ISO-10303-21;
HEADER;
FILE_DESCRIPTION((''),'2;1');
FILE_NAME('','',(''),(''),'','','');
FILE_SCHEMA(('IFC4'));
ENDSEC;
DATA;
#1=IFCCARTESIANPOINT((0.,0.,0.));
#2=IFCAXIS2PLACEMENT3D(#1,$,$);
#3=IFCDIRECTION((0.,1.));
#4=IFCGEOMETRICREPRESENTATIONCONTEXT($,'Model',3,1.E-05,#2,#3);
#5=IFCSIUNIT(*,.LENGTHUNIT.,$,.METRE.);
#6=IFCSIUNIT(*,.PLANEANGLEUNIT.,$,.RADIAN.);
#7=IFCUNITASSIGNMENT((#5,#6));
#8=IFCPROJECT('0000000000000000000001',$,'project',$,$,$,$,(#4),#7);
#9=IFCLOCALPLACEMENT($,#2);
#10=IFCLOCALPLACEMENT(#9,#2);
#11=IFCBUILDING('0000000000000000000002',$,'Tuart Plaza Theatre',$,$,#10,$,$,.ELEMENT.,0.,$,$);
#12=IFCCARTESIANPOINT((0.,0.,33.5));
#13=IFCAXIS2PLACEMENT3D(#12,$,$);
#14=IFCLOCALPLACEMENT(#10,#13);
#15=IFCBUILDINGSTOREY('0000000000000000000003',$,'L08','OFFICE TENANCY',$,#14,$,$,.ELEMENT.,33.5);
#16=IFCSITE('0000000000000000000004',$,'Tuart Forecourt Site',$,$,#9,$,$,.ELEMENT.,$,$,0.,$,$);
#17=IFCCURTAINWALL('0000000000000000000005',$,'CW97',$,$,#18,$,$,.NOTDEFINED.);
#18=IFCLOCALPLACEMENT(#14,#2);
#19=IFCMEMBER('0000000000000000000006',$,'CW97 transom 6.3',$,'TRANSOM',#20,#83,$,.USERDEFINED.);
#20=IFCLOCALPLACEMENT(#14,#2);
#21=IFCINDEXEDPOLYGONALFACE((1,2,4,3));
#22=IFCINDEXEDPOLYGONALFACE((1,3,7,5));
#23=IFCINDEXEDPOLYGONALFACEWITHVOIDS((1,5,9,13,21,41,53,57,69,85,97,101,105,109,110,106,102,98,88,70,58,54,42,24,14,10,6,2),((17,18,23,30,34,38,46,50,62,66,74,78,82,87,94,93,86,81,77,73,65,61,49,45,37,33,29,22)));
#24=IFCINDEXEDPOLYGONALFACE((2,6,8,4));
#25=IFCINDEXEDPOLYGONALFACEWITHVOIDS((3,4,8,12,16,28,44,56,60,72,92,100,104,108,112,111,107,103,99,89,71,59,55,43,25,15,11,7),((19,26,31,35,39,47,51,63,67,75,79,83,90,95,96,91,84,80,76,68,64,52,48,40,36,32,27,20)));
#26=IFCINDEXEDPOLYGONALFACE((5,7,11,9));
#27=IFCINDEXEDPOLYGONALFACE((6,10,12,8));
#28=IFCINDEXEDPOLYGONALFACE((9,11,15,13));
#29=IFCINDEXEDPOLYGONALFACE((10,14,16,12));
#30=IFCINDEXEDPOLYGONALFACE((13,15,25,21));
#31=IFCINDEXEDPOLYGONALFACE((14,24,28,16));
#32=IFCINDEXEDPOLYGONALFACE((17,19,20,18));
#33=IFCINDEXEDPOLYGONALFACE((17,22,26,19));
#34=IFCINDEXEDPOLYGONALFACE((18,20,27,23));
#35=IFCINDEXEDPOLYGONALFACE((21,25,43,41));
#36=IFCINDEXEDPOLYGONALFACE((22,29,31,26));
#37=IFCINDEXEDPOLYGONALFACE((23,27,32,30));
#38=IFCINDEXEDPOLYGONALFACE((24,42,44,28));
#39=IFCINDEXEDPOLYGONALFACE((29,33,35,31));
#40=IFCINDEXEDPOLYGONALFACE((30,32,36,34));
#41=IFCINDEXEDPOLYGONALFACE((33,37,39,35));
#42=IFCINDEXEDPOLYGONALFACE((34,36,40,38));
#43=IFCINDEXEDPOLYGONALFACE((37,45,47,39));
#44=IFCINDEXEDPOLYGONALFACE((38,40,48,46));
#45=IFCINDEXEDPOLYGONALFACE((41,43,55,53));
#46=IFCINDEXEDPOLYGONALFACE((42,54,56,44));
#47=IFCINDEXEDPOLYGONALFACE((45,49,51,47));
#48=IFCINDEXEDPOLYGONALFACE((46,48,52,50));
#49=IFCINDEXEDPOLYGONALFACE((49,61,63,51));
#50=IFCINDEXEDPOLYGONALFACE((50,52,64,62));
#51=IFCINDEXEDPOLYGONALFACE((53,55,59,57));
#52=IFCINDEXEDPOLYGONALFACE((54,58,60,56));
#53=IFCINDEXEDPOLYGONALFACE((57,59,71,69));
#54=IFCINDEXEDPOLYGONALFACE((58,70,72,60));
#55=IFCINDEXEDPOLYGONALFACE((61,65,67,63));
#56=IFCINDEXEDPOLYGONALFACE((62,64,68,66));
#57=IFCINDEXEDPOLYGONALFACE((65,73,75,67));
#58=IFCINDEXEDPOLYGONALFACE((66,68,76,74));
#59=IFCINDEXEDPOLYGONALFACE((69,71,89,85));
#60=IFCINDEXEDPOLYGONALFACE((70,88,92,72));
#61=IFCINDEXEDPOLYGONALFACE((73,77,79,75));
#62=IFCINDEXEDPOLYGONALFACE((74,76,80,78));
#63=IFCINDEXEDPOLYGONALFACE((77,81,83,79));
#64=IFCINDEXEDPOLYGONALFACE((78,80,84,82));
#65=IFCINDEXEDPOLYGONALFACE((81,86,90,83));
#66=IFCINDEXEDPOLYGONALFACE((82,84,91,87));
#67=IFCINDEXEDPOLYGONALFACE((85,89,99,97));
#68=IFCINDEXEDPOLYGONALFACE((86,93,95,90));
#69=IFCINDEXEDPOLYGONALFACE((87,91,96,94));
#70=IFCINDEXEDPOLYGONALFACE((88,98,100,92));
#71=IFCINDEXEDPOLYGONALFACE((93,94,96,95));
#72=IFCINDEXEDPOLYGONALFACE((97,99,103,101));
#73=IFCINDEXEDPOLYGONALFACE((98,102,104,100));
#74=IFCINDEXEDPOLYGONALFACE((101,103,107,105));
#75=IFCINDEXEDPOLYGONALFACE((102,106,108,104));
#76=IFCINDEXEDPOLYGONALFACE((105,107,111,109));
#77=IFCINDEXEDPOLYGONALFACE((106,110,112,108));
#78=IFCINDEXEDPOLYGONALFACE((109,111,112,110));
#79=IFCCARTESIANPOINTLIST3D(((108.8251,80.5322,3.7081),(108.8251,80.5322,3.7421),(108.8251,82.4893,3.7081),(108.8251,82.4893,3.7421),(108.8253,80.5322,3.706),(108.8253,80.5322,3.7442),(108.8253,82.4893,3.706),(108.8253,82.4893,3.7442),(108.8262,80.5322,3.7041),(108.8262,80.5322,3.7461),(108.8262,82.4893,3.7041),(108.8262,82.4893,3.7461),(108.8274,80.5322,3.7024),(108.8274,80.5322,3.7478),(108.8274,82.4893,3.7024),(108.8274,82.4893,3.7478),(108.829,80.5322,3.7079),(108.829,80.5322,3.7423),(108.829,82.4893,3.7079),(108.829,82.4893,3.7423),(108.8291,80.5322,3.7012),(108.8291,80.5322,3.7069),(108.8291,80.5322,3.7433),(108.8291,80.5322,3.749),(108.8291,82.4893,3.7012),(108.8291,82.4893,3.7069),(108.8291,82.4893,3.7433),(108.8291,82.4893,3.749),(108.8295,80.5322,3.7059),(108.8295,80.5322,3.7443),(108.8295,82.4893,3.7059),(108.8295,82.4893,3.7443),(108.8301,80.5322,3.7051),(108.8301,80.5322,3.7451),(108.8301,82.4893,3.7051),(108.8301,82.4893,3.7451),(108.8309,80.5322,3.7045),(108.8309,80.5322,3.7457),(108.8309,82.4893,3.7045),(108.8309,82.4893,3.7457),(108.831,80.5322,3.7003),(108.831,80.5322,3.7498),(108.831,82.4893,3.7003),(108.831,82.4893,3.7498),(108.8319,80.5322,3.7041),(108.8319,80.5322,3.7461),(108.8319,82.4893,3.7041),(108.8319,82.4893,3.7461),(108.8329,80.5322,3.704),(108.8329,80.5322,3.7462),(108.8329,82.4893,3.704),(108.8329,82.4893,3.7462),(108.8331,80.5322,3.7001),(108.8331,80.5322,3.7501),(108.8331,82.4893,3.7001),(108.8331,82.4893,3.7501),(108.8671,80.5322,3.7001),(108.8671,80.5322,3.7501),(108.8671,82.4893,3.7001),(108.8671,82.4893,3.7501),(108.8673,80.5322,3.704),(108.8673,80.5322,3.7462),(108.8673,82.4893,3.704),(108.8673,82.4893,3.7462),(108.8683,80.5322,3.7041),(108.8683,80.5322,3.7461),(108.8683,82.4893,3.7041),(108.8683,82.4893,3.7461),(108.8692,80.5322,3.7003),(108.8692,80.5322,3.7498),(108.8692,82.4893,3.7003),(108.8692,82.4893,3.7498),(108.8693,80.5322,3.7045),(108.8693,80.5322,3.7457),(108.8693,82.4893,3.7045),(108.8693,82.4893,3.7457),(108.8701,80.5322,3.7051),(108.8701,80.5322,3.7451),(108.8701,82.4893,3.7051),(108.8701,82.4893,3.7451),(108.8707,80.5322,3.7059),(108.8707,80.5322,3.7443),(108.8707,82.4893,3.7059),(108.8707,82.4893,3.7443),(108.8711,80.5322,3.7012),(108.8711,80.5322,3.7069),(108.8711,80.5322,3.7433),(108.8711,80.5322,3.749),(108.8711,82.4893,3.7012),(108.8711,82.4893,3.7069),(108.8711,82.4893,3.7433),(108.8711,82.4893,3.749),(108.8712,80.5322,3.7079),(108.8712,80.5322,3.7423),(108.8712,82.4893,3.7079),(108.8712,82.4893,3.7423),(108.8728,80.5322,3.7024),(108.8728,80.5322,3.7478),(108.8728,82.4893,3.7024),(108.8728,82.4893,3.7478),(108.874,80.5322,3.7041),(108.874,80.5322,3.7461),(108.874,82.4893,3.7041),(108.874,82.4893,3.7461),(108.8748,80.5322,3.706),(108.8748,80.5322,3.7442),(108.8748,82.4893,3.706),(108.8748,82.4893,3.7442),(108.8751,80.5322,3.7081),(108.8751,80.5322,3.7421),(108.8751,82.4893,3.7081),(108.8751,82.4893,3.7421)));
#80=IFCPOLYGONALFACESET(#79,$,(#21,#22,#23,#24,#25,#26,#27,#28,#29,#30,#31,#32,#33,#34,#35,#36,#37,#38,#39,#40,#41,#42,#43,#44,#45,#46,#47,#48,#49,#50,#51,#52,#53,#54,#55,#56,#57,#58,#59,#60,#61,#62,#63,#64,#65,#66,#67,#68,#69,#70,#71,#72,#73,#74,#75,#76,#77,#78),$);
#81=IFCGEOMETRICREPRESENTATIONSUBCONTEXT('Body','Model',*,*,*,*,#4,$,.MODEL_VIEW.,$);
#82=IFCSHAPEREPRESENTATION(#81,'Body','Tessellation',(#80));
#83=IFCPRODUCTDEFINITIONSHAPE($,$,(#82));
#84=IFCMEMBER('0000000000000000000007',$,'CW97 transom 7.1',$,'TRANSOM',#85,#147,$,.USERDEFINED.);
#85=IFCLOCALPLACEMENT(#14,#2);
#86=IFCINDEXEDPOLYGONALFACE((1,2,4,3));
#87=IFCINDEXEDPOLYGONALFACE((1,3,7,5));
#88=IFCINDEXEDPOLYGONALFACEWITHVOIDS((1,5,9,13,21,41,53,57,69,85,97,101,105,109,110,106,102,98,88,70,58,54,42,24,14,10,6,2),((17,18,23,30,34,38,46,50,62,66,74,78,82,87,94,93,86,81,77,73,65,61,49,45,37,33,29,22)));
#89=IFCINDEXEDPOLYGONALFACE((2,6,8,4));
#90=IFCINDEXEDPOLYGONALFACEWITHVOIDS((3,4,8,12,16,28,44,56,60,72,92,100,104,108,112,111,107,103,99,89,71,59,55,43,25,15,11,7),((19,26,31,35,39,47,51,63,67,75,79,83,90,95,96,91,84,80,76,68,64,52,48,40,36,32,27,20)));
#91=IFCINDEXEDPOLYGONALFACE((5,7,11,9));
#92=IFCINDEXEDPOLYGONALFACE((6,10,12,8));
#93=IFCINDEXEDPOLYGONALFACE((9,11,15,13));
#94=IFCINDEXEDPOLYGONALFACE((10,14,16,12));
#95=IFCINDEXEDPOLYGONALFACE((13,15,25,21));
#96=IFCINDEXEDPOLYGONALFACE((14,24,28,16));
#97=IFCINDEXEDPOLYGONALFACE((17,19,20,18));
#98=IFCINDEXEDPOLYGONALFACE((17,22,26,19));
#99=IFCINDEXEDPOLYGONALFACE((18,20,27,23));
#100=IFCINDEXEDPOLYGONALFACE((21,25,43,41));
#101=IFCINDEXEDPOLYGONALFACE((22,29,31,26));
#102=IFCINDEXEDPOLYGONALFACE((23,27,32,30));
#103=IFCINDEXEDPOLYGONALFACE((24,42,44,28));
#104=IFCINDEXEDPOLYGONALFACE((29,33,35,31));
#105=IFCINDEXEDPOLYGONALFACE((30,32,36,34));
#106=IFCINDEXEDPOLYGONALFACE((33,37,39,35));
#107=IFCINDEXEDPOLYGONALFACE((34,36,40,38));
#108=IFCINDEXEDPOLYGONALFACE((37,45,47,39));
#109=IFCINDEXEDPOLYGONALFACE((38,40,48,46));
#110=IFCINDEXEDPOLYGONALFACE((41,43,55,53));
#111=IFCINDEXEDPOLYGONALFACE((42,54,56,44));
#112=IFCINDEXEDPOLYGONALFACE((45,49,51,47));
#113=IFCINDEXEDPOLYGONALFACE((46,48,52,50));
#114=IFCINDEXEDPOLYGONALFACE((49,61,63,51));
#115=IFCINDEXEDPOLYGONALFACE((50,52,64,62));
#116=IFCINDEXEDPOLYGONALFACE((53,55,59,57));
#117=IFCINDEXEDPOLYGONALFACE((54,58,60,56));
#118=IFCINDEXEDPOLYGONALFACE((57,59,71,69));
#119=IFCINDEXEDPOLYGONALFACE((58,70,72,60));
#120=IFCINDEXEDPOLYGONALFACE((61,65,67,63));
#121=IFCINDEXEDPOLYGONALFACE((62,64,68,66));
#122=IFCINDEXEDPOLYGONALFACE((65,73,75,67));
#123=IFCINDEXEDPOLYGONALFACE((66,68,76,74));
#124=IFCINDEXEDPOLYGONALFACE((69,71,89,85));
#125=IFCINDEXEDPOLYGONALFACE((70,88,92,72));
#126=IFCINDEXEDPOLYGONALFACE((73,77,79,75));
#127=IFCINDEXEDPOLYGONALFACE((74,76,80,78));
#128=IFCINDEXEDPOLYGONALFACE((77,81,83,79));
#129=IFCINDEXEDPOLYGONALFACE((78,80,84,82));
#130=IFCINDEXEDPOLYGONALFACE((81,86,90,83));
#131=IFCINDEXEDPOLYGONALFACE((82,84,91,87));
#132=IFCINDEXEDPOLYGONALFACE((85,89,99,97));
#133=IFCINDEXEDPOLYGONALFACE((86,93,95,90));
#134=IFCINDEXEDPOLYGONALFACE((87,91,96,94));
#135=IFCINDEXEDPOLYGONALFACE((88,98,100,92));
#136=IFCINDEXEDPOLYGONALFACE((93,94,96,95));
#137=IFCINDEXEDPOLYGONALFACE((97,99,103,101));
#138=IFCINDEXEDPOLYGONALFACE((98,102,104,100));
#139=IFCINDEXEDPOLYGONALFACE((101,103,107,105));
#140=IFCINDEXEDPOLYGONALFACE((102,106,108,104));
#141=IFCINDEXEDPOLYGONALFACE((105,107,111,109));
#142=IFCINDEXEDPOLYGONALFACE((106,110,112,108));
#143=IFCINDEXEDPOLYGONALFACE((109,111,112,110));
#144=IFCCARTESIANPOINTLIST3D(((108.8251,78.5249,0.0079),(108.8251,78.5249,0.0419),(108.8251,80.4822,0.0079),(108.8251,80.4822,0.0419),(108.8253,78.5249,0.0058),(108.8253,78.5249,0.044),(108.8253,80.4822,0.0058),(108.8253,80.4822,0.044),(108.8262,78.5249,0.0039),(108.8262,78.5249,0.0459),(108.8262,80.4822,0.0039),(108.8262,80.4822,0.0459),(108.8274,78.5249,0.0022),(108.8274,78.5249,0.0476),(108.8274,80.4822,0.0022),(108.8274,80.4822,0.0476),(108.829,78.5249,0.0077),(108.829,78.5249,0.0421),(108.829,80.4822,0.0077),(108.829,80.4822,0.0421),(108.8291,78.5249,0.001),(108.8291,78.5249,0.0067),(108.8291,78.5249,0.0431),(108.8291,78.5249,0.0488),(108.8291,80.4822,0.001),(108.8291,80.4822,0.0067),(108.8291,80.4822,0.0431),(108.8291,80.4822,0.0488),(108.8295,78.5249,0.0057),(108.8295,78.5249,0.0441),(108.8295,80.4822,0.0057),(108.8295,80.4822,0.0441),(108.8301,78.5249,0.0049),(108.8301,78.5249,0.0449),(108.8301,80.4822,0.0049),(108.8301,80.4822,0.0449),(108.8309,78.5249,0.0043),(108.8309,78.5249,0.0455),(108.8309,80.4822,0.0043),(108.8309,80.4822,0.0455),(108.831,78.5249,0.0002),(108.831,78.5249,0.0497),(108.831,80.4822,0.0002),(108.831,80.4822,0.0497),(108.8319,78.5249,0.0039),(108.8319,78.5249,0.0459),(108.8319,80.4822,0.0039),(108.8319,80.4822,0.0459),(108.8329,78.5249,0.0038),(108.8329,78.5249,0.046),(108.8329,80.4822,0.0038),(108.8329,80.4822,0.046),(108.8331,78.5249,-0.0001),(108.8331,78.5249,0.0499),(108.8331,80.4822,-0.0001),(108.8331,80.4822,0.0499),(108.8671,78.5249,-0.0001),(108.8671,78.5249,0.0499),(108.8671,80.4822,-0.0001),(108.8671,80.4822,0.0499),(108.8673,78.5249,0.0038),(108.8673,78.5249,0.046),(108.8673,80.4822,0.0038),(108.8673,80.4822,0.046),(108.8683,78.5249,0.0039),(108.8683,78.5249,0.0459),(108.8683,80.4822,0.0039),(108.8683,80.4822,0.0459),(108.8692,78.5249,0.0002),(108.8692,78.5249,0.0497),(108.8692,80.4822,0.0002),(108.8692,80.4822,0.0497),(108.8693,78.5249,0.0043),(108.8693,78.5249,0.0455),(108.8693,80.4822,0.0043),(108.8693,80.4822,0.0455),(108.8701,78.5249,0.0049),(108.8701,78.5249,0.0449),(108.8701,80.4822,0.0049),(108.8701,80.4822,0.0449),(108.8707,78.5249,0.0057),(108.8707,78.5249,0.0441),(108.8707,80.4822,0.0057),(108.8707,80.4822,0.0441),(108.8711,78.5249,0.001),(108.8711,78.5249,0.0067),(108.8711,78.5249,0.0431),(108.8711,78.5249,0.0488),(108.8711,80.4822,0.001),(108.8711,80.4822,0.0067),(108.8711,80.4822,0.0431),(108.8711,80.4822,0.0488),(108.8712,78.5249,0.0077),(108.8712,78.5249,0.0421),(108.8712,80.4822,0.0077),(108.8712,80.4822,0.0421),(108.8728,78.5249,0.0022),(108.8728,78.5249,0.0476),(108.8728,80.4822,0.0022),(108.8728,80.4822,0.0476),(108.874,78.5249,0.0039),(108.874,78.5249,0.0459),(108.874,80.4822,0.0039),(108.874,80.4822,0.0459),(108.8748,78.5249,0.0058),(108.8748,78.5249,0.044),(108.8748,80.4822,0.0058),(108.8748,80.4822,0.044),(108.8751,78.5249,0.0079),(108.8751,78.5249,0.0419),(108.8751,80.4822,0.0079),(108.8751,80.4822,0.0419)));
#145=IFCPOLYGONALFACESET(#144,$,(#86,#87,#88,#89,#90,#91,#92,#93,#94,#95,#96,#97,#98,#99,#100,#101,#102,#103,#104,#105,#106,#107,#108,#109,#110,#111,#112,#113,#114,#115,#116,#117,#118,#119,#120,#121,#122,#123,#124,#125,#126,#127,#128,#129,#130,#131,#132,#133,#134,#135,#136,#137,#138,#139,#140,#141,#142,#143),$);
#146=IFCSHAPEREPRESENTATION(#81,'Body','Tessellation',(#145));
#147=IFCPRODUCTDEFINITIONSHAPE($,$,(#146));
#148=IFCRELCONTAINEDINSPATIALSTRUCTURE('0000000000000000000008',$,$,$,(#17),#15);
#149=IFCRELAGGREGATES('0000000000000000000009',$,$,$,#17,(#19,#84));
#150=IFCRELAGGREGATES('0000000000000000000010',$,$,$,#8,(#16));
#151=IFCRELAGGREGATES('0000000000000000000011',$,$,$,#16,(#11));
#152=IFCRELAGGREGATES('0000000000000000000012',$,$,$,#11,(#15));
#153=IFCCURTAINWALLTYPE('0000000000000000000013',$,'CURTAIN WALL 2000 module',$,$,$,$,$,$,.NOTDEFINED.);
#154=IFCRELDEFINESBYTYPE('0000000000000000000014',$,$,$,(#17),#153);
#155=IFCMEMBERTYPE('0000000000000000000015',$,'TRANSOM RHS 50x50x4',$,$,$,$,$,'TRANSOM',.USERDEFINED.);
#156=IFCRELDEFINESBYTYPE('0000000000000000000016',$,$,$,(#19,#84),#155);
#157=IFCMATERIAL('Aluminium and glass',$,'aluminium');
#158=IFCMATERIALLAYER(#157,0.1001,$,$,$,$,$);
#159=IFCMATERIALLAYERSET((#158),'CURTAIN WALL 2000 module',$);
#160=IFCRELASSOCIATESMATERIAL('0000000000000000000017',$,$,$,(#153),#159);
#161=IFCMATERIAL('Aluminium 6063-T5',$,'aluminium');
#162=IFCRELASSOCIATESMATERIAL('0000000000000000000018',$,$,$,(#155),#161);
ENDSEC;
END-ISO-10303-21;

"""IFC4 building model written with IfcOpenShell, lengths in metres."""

from ifc_helpers import new_model, si_unit, direction, frame, origin, origin_2d, place, context, subcontext, project, spatial, hollow_rectangle, extrude, material, layer, layer_set, material_profile, profile_set, type_object, element, aggregate, save


model = new_model("IFC4")

# Units and contexts
model_context = context("Model", 3, precision=1e-05, world=origin(), true_north=direction((0.0, 1.0)))
body_context = subcontext(model_context, "Body", "Model", "MODEL_VIEW")
ifc_project = project(units=[si_unit("LENGTHUNIT", "METRE"), si_unit("PLANEANGLEUNIT", "RADIAN")], contexts=[model_context])

# Site, building, storey
site_placement = place(None, origin())
site = spatial("IfcSite", under=ifc_project, at=site_placement, Name="Tuart Forecourt Site", CompositionType="ELEMENT", RefElevation=0.0)
building_placement = place(site_placement, origin())
building = spatial("IfcBuilding", under=site, at=building_placement, Name="Tuart Plaza Theatre", CompositionType="ELEMENT", ElevationOfRefHeight=0.0)
storey_placement = place(building_placement, frame((0.0, 0.0, 33.5)))
storey = spatial("IfcBuildingStorey", under=building, at=storey_placement, Name="L08", Description="OFFICE TENANCY", CompositionType="ELEMENT", Elevation=33.5)

# Curtain wall, members
ifc_material_1 = material(Name="Aluminium and glass", Category="aluminium")
ifc_layer_1 = layer(ifc_material_1, 0.1001)
ifc_layer_set_1 = layer_set([ifc_layer_1], Name="CURTAIN WALL 2000 module")
curtain_wall_type = type_object("IfcCurtainWallType", Name="CURTAIN WALL 2000 module", PredefinedType="NOTDEFINED", material=ifc_layer_set_1)
curtain_wall_placement = place(storey_placement, origin())
curtain_wall = element("IfcCurtainWall", 1, at=curtain_wall_placement, inside=storey, type_object=curtain_wall_type, Name="CW97", PredefinedType="NOTDEFINED")
ifc_material_2 = material(Name="Aluminium 6063-T5", Category="aluminium")
ifc_material_profile_1 = material_profile(ifc_material_2, hollow_rectangle(XDim=0.05, YDim=0.05, WallThickness=0.0039, InnerFilletRadius=0.0039, OuterFilletRadius=0.0081, at=origin_2d()), Name="RHS 50x50x4")
ifc_profile_set_1 = profile_set([ifc_material_profile_1], Name="Aluminium 6063-T5")
member_type = type_object("IfcMemberType", Name="TRANSOM RHS 50x50x4", ElementType="TRANSOM", PredefinedType="USERDEFINED", material=ifc_profile_set_1)
member_1_placement = place(storey_placement, frame((108.8501, 82.4893, 3.7251), z_axis=(0.0, -1.0, 0.0), x_axis=(1.0, 0.0, 0.0)))
member_1 = element("IfcMember", 2, at=member_1_placement, type_object=member_type, Name="CW97 transom 6.3", ObjectType="TRANSOM", PredefinedType="USERDEFINED", context=body_context, shape_type="SweptSolid", body=[
    extrude(hollow_rectangle(XDim=0.05, YDim=0.05, WallThickness=0.0039, InnerFilletRadius=0.0039, OuterFilletRadius=0.0081, at=origin_2d()), origin(), (0.0, 0.0, 1.0), 1.957),
])
member_2_placement = place(storey_placement, frame((108.8501, 80.4822, 0.0249), z_axis=(0.0, -1.0, 0.0), x_axis=(1.0, 0.0, 0.0)))
member_2 = element("IfcMember", 3, at=member_2_placement, type_object=member_type, Name="CW97 transom 7.1", ObjectType="TRANSOM", PredefinedType="USERDEFINED", context=body_context, shape_type="SweptSolid", body=[
    extrude(hollow_rectangle(XDim=0.05, YDim=0.05, WallThickness=0.0039, InnerFilletRadius=0.0039, OuterFilletRadius=0.0081, at=origin_2d()), origin(), (0.0, 0.0, 1.0), 1.9573),
])
aggregate(curtain_wall, [member_1, member_2])

save(model, "model.ifc")
